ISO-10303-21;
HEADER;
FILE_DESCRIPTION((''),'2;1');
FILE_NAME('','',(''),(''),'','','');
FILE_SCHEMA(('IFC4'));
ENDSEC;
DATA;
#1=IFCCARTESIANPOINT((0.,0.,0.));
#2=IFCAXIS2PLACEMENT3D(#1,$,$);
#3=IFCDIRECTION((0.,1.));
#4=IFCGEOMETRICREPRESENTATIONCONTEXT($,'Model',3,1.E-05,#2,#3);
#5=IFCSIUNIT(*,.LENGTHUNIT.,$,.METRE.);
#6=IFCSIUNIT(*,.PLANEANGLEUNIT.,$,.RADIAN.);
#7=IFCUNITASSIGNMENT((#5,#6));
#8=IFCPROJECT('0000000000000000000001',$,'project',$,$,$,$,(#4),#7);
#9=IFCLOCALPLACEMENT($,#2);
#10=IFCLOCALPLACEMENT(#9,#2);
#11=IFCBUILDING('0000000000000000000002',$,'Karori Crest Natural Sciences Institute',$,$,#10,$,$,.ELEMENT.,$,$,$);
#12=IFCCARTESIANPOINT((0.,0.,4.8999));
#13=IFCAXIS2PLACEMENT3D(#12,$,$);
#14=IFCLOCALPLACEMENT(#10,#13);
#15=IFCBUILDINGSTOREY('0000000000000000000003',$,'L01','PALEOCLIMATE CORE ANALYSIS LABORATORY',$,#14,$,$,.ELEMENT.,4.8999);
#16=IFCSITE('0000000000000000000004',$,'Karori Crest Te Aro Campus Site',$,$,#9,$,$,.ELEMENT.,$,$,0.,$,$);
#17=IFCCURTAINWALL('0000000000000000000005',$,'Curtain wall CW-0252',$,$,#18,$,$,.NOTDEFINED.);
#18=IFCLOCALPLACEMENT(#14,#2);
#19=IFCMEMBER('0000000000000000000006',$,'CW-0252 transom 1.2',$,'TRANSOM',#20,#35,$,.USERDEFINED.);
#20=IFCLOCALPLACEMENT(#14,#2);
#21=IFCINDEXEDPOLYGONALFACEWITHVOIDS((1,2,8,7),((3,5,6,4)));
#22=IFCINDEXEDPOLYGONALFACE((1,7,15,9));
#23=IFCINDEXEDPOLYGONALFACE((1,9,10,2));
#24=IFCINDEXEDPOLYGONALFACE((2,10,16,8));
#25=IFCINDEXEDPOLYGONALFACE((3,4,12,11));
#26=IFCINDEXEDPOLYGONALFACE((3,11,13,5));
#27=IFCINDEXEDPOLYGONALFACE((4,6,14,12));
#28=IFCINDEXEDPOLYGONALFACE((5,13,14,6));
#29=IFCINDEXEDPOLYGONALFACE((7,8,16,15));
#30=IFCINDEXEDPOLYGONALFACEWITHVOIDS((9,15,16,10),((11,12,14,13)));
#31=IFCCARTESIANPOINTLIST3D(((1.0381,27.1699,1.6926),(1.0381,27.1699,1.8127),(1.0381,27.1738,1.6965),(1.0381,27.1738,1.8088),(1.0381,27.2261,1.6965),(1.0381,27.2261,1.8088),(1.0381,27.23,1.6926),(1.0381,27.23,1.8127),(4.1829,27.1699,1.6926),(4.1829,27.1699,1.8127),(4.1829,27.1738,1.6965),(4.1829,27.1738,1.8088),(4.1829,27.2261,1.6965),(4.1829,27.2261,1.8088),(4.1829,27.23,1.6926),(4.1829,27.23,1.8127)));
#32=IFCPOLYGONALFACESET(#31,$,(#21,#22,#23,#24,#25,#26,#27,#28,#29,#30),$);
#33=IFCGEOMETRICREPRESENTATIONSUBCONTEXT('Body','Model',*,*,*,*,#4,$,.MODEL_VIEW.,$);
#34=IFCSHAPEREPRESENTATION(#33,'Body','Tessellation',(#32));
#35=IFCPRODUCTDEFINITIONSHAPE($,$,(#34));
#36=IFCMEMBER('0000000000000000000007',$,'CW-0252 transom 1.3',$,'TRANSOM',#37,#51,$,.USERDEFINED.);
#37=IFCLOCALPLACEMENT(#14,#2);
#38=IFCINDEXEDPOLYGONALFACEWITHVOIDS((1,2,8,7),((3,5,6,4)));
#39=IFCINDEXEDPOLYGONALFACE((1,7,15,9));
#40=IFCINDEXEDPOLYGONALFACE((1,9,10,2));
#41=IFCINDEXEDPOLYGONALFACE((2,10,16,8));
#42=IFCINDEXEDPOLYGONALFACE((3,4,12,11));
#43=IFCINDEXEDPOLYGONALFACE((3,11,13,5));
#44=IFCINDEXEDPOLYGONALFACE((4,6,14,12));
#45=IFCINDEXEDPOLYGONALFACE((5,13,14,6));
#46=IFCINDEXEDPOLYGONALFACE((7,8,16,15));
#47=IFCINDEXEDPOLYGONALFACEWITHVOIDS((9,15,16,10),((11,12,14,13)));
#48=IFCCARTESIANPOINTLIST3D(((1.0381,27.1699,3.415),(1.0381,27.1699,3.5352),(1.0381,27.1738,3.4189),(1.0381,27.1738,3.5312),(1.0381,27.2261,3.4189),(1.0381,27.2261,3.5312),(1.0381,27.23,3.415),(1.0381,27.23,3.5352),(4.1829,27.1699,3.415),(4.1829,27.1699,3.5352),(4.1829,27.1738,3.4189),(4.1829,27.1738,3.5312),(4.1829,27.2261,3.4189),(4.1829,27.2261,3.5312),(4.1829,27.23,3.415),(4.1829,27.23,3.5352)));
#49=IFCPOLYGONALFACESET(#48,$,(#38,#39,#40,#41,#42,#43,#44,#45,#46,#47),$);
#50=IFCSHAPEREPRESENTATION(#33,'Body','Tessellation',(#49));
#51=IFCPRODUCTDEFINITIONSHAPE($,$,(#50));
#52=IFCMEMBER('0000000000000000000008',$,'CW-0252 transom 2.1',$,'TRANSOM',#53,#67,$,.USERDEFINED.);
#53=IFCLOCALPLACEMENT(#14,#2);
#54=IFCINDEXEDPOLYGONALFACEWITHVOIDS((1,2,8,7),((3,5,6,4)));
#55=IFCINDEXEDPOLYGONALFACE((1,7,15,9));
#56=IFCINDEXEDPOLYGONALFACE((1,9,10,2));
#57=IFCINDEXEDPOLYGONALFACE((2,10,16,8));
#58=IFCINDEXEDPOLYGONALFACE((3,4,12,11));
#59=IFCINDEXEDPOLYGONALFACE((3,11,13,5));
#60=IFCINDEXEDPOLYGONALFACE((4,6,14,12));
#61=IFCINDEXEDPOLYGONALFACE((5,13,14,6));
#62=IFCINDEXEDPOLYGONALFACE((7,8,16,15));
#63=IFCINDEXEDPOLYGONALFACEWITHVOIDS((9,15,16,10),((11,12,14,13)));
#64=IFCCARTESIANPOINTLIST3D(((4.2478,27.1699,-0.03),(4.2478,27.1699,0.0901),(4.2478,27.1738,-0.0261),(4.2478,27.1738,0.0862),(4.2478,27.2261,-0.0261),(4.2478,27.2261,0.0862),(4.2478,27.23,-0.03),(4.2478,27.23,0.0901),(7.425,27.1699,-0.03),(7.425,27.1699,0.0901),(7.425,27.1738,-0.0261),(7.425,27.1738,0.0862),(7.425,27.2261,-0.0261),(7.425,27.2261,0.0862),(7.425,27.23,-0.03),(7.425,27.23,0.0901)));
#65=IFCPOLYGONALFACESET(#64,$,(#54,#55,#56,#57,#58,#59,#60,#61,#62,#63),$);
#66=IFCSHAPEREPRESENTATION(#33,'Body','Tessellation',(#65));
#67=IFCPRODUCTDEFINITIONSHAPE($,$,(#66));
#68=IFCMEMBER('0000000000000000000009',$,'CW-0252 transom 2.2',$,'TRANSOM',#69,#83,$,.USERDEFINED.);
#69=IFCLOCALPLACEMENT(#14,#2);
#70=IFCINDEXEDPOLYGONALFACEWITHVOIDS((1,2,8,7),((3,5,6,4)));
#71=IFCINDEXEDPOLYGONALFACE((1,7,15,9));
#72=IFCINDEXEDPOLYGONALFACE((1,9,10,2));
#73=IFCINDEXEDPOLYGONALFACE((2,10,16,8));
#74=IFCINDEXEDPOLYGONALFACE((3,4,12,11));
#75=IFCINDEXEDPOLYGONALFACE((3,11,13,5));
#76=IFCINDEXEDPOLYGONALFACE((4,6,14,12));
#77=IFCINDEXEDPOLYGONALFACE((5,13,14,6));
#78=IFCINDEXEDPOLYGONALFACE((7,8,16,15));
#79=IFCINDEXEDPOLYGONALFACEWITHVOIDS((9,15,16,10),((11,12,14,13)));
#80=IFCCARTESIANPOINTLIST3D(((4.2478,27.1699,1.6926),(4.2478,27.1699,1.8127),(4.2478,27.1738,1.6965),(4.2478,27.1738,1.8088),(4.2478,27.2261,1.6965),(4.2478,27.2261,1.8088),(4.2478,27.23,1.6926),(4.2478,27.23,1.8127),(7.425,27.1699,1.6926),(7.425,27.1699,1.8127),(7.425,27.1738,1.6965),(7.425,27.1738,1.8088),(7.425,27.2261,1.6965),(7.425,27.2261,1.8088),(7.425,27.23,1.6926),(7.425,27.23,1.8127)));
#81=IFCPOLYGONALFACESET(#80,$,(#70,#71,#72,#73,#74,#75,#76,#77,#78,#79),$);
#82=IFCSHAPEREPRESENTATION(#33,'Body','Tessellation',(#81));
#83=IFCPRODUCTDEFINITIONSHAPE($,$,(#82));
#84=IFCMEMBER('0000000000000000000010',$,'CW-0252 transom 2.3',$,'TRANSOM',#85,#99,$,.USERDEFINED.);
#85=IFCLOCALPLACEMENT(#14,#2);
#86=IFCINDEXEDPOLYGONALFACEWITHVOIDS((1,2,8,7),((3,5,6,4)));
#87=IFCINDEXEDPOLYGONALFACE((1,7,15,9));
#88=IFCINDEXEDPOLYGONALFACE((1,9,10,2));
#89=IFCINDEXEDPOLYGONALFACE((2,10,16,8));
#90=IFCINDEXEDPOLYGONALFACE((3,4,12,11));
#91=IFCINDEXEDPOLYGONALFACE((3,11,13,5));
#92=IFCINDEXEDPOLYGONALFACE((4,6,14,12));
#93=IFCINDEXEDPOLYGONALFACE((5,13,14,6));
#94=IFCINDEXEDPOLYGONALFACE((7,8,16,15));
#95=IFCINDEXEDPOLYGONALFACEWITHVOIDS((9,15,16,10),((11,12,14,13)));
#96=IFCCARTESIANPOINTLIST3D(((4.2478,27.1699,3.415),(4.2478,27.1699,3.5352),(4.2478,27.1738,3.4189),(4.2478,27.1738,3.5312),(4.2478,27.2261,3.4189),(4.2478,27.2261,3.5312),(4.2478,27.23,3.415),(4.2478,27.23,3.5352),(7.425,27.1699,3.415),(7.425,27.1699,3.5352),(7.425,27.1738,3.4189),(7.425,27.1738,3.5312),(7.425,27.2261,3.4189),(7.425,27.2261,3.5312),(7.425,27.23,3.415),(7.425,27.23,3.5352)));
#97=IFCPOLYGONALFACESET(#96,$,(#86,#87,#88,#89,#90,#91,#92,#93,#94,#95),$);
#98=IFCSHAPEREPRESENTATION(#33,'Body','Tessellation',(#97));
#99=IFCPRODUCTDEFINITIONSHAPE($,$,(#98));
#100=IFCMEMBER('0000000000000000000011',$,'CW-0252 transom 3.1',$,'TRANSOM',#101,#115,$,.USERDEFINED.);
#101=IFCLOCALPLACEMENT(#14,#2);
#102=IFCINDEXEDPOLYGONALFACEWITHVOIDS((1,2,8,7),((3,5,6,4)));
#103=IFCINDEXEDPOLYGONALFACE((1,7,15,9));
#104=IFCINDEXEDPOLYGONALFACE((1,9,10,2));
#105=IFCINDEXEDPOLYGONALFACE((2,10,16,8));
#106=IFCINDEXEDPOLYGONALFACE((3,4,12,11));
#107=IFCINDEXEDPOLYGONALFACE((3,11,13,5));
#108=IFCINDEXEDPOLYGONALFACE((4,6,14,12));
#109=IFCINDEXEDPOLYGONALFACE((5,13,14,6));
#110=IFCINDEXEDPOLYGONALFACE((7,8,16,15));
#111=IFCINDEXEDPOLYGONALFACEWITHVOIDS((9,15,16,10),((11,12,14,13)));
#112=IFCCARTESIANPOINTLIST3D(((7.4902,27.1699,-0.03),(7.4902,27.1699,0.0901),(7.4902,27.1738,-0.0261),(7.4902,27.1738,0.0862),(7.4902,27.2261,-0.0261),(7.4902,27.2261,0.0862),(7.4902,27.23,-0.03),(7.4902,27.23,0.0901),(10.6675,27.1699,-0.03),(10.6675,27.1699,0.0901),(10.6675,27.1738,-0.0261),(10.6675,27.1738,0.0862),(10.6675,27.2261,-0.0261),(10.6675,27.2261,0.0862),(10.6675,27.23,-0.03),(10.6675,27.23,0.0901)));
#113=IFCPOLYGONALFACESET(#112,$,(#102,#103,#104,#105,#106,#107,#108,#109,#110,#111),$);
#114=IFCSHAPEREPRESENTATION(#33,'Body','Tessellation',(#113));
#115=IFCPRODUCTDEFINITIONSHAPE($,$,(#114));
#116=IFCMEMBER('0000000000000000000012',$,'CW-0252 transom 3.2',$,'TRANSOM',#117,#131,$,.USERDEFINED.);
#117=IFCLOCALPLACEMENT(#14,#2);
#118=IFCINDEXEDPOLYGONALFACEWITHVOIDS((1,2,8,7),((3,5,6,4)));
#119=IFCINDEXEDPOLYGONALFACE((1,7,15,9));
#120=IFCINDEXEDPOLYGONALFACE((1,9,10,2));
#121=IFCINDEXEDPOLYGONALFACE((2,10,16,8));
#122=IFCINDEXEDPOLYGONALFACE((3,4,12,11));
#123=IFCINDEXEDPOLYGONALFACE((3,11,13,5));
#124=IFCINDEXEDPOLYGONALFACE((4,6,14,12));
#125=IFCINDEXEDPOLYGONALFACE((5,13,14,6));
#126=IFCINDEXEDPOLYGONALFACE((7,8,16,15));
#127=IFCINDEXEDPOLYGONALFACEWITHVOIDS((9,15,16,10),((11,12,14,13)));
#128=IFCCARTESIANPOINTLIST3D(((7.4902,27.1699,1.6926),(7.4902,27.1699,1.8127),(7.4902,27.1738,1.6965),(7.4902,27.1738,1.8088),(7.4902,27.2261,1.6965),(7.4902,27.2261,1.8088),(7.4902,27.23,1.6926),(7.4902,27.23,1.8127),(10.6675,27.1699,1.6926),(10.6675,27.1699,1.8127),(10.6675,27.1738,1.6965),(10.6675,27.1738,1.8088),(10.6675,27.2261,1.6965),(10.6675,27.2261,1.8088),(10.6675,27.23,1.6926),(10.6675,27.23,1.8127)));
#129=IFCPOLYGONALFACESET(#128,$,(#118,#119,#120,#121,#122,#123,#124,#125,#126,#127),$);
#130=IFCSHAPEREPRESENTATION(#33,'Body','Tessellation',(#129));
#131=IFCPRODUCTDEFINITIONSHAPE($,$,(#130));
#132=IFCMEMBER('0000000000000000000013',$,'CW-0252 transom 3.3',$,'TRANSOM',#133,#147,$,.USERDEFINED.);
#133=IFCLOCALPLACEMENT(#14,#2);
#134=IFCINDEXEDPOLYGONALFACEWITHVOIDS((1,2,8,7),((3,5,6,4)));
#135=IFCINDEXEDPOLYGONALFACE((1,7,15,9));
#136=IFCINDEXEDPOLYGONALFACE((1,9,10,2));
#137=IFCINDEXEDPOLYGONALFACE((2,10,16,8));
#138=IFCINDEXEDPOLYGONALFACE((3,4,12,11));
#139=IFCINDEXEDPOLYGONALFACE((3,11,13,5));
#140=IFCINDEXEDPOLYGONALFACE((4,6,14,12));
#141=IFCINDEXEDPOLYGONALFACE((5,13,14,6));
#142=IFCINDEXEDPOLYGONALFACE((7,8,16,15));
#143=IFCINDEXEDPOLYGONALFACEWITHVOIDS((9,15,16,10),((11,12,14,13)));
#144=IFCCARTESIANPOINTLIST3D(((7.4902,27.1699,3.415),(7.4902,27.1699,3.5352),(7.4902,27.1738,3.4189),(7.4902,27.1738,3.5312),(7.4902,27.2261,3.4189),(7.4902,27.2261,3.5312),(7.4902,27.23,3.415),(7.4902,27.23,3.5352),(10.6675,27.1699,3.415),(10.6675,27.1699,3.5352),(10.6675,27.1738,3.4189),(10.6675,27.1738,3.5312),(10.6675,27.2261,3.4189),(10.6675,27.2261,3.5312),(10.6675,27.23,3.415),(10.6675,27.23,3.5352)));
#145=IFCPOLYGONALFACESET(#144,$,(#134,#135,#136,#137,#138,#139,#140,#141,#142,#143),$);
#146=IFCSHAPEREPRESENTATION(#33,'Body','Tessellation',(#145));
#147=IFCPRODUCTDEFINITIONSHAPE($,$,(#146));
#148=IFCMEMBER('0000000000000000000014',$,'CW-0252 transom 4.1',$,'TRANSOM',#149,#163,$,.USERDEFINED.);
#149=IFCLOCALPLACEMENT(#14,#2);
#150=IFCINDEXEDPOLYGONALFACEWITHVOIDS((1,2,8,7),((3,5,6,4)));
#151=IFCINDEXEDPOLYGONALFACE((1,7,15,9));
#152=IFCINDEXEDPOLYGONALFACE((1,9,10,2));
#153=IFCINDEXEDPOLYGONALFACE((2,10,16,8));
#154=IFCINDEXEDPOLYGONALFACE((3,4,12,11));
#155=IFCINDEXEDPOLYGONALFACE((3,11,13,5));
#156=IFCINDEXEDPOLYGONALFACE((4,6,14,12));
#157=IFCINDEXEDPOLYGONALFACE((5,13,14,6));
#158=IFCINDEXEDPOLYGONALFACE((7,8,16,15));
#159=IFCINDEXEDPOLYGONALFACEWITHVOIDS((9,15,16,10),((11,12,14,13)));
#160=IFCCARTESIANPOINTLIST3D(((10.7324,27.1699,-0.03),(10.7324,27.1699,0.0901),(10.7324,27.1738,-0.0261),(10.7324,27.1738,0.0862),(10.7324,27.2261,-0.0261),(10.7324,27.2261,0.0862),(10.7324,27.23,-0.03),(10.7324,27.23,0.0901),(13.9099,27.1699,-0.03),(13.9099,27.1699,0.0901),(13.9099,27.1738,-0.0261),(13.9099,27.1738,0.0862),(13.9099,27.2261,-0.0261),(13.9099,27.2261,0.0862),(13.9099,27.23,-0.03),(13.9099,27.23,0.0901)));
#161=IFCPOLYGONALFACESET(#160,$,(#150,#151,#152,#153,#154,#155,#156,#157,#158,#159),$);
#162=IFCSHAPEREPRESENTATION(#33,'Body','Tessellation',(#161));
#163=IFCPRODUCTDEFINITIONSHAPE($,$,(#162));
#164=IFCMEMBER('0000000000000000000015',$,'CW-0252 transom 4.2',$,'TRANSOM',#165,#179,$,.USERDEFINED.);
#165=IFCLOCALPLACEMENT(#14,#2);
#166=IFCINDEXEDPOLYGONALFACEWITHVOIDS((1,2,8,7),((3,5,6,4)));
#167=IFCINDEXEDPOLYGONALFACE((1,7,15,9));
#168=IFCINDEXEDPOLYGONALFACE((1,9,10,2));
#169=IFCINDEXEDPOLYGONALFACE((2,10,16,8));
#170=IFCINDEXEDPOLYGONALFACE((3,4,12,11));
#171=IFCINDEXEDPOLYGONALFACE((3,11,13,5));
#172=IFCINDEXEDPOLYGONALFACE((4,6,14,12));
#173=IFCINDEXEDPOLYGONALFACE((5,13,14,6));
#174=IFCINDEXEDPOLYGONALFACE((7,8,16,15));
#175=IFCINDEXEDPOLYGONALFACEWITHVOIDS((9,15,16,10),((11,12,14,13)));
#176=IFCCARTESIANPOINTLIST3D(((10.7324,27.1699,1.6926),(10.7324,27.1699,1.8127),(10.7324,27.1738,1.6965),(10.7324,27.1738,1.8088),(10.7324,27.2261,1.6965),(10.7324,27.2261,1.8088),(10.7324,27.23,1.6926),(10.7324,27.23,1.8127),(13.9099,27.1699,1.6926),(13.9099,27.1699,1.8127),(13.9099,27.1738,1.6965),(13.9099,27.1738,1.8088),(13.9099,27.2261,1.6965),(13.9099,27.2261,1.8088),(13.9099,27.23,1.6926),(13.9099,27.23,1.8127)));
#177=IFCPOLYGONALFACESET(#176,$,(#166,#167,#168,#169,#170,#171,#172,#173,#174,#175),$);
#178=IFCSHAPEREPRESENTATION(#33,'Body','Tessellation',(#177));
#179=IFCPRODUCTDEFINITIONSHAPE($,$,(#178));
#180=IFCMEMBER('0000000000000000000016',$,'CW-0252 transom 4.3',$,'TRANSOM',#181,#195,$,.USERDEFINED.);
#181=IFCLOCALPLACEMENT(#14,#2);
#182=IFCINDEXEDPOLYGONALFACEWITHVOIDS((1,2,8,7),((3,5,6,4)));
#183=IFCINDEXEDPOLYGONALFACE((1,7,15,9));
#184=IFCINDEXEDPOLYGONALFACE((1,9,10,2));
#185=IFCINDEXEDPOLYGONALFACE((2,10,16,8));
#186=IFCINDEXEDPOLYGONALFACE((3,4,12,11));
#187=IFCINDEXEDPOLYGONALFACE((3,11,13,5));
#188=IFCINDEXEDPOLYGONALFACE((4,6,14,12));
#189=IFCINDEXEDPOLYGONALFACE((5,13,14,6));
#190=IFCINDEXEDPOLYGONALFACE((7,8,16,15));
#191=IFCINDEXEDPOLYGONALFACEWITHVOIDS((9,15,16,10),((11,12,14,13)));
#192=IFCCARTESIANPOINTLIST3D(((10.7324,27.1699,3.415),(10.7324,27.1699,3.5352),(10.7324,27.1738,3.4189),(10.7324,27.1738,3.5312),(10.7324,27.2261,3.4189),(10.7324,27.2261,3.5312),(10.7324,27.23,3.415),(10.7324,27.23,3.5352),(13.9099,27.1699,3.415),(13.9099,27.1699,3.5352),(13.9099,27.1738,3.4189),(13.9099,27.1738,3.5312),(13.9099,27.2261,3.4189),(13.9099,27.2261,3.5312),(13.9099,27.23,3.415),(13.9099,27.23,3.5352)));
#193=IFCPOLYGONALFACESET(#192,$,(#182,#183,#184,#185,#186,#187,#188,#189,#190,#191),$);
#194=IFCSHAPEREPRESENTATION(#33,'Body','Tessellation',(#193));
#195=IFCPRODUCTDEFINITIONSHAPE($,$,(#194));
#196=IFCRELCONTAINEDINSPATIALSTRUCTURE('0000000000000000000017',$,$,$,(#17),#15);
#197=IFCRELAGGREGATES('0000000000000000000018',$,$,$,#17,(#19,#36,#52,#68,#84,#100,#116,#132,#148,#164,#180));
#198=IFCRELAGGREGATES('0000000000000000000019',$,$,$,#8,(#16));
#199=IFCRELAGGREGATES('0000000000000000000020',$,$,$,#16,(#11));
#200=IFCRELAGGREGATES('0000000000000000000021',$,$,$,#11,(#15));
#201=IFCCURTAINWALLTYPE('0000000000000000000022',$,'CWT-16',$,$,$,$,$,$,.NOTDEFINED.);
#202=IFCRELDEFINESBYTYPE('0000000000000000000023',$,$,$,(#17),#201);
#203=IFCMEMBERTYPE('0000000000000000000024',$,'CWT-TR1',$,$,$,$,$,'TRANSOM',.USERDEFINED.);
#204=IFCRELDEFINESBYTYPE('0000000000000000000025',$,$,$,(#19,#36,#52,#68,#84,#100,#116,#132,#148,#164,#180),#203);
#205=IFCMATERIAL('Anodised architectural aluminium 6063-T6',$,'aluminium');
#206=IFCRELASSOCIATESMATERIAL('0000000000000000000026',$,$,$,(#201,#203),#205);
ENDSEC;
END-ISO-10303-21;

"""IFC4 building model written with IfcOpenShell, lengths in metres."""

from ifc_helpers import new_model, si_unit, direction, frame, origin, origin_2d, place, context, subcontext, project, spatial, hollow_rectangle, extrude, material, material_profile, profile_set, type_object, element, aggregate, save


model = new_model("IFC4")

# Units and contexts
model_context = context("Model", 3, precision=1e-05, world=origin(), true_north=direction((0.0, 1.0)))
body_context = subcontext(model_context, "Body", "Model", "MODEL_VIEW")
ifc_project = project(units=[si_unit("LENGTHUNIT", "METRE"), si_unit("PLANEANGLEUNIT", "RADIAN")], contexts=[model_context])

# Site, building, storey
site_placement = place(None, origin())
site = spatial("IfcSite", under=ifc_project, at=site_placement, Name="Karori Crest Te Aro Campus Site", CompositionType="ELEMENT", RefElevation=0.0)
building_placement = place(site_placement, origin())
building = spatial("IfcBuilding", under=site, at=building_placement, Name="Karori Crest Natural Sciences Institute", CompositionType="ELEMENT")
storey_placement = place(building_placement, frame((0.0, 0.0, 4.8999)))
storey = spatial("IfcBuildingStorey", under=building, at=storey_placement, Name="L01", Description="PALEOCLIMATE CORE ANALYSIS LABORATORY", CompositionType="ELEMENT", Elevation=4.8999)

# Curtain wall, members
ifc_material_1 = material(Name="Anodised architectural aluminium 6063-T6", Category="aluminium")
curtain_wall_type = type_object("IfcCurtainWallType", Name="CWT-16", PredefinedType="NOTDEFINED", material=ifc_material_1)
curtain_wall_placement = place(storey_placement, origin())
curtain_wall = element("IfcCurtainWall", 1, at=curtain_wall_placement, inside=storey, type_object=curtain_wall_type, Name="Curtain wall CW-0252", PredefinedType="NOTDEFINED")
ifc_material_profile_1 = material_profile(ifc_material_1, hollow_rectangle(XDim=0.0601, YDim=0.1201, WallThickness=0.0039, at=origin_2d()), Name="CWT120x60x4")
ifc_profile_set_1 = profile_set([ifc_material_profile_1], Name="Anodised architectural aluminium 6063-T6")
member_type_1 = type_object("IfcMemberType", Name="CWT-TR1", ElementType="TRANSOM", PredefinedType="USERDEFINED", material=ifc_profile_set_1)
member_1_placement = place(storey_placement, frame((1.0381, 27.2, 1.7527), z_axis=(1.0, 0.0, 0.0), x_axis=(0.0, 1.0, 0.0)))
member_1 = element("IfcMember", 2, at=member_1_placement, type_object=member_type_1, Name="CW-0252 transom 1.2", ObjectType="TRANSOM", PredefinedType="USERDEFINED", context=body_context, shape_type="SweptSolid", body=[
    extrude(hollow_rectangle(XDim=0.0601, YDim=0.1201, WallThickness=0.0039, at=origin_2d()), origin(), (0.0, 0.0, 1.0), 3.1448),
])
member_2_placement = place(storey_placement, frame((1.0381, 27.2, 3.4751), z_axis=(1.0, 0.0, 0.0), x_axis=(0.0, 1.0, 0.0)))
member_2 = element("IfcMember", 3, at=member_2_placement, type_object=member_type_1, Name="CW-0252 transom 1.3", ObjectType="TRANSOM", PredefinedType="USERDEFINED", context=body_context, shape_type="SweptSolid", body=[
    extrude(hollow_rectangle(XDim=0.0601, YDim=0.1201, WallThickness=0.0039, at=origin_2d()), origin(), (0.0, 0.0, 1.0), 3.1448),
])
member_3_placement = place(storey_placement, frame((4.2478, 27.2, 0.03), z_axis=(1.0, 0.0, 0.0), x_axis=(0.0, 1.0, 0.0)))
member_3 = element("IfcMember", 4, at=member_3_placement, type_object=member_type_1, Name="CW-0252 transom 2.1", ObjectType="TRANSOM", PredefinedType="USERDEFINED", context=body_context, shape_type="SweptSolid", body=[
    extrude(hollow_rectangle(XDim=0.0601, YDim=0.1201, WallThickness=0.0039, at=origin_2d()), origin(), (0.0, 0.0, 1.0), 3.1772),
])
member_4_placement = place(storey_placement, frame((4.2478, 27.2, 1.7527), z_axis=(1.0, 0.0, 0.0), x_axis=(0.0, 1.0, 0.0)))
member_4 = element("IfcMember", 5, at=member_4_placement, type_object=member_type_1, Name="CW-0252 transom 2.2", ObjectType="TRANSOM", PredefinedType="USERDEFINED", context=body_context, shape_type="SweptSolid", body=[
    extrude(hollow_rectangle(XDim=0.0601, YDim=0.1201, WallThickness=0.0039, at=origin_2d()), origin(), (0.0, 0.0, 1.0), 3.1772),
])
member_5_placement = place(storey_placement, frame((4.2478, 27.2, 3.4751), z_axis=(1.0, 0.0, 0.0), x_axis=(0.0, 1.0, 0.0)))
member_5 = element("IfcMember", 6, at=member_5_placement, type_object=member_type_1, Name="CW-0252 transom 2.3", ObjectType="TRANSOM", PredefinedType="USERDEFINED", context=body_context, shape_type="SweptSolid", body=[
    extrude(hollow_rectangle(XDim=0.0601, YDim=0.1201, WallThickness=0.0039, at=origin_2d()), origin(), (0.0, 0.0, 1.0), 3.1772),
])
member_6_placement = place(storey_placement, frame((7.4902, 27.2, 0.03), z_axis=(1.0, 0.0, 0.0), x_axis=(0.0, 1.0, 0.0)))
member_6 = element("IfcMember", 7, at=member_6_placement, type_object=member_type_1, Name="CW-0252 transom 3.1", ObjectType="TRANSOM", PredefinedType="USERDEFINED", context=body_context, shape_type="SweptSolid", body=[
    extrude(hollow_rectangle(XDim=0.0601, YDim=0.1201, WallThickness=0.0039, at=origin_2d()), origin(), (0.0, 0.0, 1.0), 3.1772),
])
member_7_placement = place(storey_placement, frame((7.4902, 27.2, 1.7527), z_axis=(1.0, 0.0, 0.0), x_axis=(0.0, 1.0, 0.0)))
member_7 = element("IfcMember", 8, at=member_7_placement, type_object=member_type_1, Name="CW-0252 transom 3.2", ObjectType="TRANSOM", PredefinedType="USERDEFINED", context=body_context, shape_type="SweptSolid", body=[
    extrude(hollow_rectangle(XDim=0.0601, YDim=0.1201, WallThickness=0.0039, at=origin_2d()), origin(), (0.0, 0.0, 1.0), 3.1772),
])
member_8_placement = place(storey_placement, frame((7.4902, 27.2, 3.4751), z_axis=(1.0, 0.0, 0.0), x_axis=(0.0, 1.0, 0.0)))
member_8 = element("IfcMember", 9, at=member_8_placement, type_object=member_type_1, Name="CW-0252 transom 3.3", ObjectType="TRANSOM", PredefinedType="USERDEFINED", context=body_context, shape_type="SweptSolid", body=[
    extrude(hollow_rectangle(XDim=0.0601, YDim=0.1201, WallThickness=0.0039, at=origin_2d()), origin(), (0.0, 0.0, 1.0), 3.1772),
])
member_9_placement = place(storey_placement, frame((10.7324, 27.2, 0.03), z_axis=(1.0, 0.0, 0.0), x_axis=(0.0, 1.0, 0.0)))
member_9 = element("IfcMember", 10, at=member_9_placement, type_object=member_type_1, Name="CW-0252 transom 4.1", ObjectType="TRANSOM", PredefinedType="USERDEFINED", context=body_context, shape_type="SweptSolid", body=[
    extrude(hollow_rectangle(XDim=0.0601, YDim=0.1201, WallThickness=0.0039, at=origin_2d()), origin(), (0.0, 0.0, 1.0), 3.1775),
])
member_10_placement = place(storey_placement, frame((10.7324, 27.2, 1.7527), z_axis=(1.0, 0.0, 0.0), x_axis=(0.0, 1.0, 0.0)))
member_10 = element("IfcMember", 11, at=member_10_placement, type_object=member_type_1, Name="CW-0252 transom 4.2", ObjectType="TRANSOM", PredefinedType="USERDEFINED", context=body_context, shape_type="SweptSolid", body=[
    extrude(hollow_rectangle(XDim=0.0601, YDim=0.1201, WallThickness=0.0039, at=origin_2d()), origin(), (0.0, 0.0, 1.0), 3.1775),
])
member_11_placement = place(storey_placement, frame((10.7324, 27.2, 3.4751), z_axis=(1.0, 0.0, 0.0), x_axis=(0.0, 1.0, 0.0)))
member_11 = element("IfcMember", 12, at=member_11_placement, type_object=member_type_1, Name="CW-0252 transom 4.3", ObjectType="TRANSOM", PredefinedType="USERDEFINED", context=body_context, shape_type="SweptSolid", body=[
    extrude(hollow_rectangle(XDim=0.0601, YDim=0.1201, WallThickness=0.0039, at=origin_2d()), origin(), (0.0, 0.0, 1.0), 3.1775),
])

aggregate(curtain_wall, [member_1, member_2, member_3, member_4, member_5, member_6, member_7, member_8, member_9, member_10, member_11])

save(model, "model.ifc")
